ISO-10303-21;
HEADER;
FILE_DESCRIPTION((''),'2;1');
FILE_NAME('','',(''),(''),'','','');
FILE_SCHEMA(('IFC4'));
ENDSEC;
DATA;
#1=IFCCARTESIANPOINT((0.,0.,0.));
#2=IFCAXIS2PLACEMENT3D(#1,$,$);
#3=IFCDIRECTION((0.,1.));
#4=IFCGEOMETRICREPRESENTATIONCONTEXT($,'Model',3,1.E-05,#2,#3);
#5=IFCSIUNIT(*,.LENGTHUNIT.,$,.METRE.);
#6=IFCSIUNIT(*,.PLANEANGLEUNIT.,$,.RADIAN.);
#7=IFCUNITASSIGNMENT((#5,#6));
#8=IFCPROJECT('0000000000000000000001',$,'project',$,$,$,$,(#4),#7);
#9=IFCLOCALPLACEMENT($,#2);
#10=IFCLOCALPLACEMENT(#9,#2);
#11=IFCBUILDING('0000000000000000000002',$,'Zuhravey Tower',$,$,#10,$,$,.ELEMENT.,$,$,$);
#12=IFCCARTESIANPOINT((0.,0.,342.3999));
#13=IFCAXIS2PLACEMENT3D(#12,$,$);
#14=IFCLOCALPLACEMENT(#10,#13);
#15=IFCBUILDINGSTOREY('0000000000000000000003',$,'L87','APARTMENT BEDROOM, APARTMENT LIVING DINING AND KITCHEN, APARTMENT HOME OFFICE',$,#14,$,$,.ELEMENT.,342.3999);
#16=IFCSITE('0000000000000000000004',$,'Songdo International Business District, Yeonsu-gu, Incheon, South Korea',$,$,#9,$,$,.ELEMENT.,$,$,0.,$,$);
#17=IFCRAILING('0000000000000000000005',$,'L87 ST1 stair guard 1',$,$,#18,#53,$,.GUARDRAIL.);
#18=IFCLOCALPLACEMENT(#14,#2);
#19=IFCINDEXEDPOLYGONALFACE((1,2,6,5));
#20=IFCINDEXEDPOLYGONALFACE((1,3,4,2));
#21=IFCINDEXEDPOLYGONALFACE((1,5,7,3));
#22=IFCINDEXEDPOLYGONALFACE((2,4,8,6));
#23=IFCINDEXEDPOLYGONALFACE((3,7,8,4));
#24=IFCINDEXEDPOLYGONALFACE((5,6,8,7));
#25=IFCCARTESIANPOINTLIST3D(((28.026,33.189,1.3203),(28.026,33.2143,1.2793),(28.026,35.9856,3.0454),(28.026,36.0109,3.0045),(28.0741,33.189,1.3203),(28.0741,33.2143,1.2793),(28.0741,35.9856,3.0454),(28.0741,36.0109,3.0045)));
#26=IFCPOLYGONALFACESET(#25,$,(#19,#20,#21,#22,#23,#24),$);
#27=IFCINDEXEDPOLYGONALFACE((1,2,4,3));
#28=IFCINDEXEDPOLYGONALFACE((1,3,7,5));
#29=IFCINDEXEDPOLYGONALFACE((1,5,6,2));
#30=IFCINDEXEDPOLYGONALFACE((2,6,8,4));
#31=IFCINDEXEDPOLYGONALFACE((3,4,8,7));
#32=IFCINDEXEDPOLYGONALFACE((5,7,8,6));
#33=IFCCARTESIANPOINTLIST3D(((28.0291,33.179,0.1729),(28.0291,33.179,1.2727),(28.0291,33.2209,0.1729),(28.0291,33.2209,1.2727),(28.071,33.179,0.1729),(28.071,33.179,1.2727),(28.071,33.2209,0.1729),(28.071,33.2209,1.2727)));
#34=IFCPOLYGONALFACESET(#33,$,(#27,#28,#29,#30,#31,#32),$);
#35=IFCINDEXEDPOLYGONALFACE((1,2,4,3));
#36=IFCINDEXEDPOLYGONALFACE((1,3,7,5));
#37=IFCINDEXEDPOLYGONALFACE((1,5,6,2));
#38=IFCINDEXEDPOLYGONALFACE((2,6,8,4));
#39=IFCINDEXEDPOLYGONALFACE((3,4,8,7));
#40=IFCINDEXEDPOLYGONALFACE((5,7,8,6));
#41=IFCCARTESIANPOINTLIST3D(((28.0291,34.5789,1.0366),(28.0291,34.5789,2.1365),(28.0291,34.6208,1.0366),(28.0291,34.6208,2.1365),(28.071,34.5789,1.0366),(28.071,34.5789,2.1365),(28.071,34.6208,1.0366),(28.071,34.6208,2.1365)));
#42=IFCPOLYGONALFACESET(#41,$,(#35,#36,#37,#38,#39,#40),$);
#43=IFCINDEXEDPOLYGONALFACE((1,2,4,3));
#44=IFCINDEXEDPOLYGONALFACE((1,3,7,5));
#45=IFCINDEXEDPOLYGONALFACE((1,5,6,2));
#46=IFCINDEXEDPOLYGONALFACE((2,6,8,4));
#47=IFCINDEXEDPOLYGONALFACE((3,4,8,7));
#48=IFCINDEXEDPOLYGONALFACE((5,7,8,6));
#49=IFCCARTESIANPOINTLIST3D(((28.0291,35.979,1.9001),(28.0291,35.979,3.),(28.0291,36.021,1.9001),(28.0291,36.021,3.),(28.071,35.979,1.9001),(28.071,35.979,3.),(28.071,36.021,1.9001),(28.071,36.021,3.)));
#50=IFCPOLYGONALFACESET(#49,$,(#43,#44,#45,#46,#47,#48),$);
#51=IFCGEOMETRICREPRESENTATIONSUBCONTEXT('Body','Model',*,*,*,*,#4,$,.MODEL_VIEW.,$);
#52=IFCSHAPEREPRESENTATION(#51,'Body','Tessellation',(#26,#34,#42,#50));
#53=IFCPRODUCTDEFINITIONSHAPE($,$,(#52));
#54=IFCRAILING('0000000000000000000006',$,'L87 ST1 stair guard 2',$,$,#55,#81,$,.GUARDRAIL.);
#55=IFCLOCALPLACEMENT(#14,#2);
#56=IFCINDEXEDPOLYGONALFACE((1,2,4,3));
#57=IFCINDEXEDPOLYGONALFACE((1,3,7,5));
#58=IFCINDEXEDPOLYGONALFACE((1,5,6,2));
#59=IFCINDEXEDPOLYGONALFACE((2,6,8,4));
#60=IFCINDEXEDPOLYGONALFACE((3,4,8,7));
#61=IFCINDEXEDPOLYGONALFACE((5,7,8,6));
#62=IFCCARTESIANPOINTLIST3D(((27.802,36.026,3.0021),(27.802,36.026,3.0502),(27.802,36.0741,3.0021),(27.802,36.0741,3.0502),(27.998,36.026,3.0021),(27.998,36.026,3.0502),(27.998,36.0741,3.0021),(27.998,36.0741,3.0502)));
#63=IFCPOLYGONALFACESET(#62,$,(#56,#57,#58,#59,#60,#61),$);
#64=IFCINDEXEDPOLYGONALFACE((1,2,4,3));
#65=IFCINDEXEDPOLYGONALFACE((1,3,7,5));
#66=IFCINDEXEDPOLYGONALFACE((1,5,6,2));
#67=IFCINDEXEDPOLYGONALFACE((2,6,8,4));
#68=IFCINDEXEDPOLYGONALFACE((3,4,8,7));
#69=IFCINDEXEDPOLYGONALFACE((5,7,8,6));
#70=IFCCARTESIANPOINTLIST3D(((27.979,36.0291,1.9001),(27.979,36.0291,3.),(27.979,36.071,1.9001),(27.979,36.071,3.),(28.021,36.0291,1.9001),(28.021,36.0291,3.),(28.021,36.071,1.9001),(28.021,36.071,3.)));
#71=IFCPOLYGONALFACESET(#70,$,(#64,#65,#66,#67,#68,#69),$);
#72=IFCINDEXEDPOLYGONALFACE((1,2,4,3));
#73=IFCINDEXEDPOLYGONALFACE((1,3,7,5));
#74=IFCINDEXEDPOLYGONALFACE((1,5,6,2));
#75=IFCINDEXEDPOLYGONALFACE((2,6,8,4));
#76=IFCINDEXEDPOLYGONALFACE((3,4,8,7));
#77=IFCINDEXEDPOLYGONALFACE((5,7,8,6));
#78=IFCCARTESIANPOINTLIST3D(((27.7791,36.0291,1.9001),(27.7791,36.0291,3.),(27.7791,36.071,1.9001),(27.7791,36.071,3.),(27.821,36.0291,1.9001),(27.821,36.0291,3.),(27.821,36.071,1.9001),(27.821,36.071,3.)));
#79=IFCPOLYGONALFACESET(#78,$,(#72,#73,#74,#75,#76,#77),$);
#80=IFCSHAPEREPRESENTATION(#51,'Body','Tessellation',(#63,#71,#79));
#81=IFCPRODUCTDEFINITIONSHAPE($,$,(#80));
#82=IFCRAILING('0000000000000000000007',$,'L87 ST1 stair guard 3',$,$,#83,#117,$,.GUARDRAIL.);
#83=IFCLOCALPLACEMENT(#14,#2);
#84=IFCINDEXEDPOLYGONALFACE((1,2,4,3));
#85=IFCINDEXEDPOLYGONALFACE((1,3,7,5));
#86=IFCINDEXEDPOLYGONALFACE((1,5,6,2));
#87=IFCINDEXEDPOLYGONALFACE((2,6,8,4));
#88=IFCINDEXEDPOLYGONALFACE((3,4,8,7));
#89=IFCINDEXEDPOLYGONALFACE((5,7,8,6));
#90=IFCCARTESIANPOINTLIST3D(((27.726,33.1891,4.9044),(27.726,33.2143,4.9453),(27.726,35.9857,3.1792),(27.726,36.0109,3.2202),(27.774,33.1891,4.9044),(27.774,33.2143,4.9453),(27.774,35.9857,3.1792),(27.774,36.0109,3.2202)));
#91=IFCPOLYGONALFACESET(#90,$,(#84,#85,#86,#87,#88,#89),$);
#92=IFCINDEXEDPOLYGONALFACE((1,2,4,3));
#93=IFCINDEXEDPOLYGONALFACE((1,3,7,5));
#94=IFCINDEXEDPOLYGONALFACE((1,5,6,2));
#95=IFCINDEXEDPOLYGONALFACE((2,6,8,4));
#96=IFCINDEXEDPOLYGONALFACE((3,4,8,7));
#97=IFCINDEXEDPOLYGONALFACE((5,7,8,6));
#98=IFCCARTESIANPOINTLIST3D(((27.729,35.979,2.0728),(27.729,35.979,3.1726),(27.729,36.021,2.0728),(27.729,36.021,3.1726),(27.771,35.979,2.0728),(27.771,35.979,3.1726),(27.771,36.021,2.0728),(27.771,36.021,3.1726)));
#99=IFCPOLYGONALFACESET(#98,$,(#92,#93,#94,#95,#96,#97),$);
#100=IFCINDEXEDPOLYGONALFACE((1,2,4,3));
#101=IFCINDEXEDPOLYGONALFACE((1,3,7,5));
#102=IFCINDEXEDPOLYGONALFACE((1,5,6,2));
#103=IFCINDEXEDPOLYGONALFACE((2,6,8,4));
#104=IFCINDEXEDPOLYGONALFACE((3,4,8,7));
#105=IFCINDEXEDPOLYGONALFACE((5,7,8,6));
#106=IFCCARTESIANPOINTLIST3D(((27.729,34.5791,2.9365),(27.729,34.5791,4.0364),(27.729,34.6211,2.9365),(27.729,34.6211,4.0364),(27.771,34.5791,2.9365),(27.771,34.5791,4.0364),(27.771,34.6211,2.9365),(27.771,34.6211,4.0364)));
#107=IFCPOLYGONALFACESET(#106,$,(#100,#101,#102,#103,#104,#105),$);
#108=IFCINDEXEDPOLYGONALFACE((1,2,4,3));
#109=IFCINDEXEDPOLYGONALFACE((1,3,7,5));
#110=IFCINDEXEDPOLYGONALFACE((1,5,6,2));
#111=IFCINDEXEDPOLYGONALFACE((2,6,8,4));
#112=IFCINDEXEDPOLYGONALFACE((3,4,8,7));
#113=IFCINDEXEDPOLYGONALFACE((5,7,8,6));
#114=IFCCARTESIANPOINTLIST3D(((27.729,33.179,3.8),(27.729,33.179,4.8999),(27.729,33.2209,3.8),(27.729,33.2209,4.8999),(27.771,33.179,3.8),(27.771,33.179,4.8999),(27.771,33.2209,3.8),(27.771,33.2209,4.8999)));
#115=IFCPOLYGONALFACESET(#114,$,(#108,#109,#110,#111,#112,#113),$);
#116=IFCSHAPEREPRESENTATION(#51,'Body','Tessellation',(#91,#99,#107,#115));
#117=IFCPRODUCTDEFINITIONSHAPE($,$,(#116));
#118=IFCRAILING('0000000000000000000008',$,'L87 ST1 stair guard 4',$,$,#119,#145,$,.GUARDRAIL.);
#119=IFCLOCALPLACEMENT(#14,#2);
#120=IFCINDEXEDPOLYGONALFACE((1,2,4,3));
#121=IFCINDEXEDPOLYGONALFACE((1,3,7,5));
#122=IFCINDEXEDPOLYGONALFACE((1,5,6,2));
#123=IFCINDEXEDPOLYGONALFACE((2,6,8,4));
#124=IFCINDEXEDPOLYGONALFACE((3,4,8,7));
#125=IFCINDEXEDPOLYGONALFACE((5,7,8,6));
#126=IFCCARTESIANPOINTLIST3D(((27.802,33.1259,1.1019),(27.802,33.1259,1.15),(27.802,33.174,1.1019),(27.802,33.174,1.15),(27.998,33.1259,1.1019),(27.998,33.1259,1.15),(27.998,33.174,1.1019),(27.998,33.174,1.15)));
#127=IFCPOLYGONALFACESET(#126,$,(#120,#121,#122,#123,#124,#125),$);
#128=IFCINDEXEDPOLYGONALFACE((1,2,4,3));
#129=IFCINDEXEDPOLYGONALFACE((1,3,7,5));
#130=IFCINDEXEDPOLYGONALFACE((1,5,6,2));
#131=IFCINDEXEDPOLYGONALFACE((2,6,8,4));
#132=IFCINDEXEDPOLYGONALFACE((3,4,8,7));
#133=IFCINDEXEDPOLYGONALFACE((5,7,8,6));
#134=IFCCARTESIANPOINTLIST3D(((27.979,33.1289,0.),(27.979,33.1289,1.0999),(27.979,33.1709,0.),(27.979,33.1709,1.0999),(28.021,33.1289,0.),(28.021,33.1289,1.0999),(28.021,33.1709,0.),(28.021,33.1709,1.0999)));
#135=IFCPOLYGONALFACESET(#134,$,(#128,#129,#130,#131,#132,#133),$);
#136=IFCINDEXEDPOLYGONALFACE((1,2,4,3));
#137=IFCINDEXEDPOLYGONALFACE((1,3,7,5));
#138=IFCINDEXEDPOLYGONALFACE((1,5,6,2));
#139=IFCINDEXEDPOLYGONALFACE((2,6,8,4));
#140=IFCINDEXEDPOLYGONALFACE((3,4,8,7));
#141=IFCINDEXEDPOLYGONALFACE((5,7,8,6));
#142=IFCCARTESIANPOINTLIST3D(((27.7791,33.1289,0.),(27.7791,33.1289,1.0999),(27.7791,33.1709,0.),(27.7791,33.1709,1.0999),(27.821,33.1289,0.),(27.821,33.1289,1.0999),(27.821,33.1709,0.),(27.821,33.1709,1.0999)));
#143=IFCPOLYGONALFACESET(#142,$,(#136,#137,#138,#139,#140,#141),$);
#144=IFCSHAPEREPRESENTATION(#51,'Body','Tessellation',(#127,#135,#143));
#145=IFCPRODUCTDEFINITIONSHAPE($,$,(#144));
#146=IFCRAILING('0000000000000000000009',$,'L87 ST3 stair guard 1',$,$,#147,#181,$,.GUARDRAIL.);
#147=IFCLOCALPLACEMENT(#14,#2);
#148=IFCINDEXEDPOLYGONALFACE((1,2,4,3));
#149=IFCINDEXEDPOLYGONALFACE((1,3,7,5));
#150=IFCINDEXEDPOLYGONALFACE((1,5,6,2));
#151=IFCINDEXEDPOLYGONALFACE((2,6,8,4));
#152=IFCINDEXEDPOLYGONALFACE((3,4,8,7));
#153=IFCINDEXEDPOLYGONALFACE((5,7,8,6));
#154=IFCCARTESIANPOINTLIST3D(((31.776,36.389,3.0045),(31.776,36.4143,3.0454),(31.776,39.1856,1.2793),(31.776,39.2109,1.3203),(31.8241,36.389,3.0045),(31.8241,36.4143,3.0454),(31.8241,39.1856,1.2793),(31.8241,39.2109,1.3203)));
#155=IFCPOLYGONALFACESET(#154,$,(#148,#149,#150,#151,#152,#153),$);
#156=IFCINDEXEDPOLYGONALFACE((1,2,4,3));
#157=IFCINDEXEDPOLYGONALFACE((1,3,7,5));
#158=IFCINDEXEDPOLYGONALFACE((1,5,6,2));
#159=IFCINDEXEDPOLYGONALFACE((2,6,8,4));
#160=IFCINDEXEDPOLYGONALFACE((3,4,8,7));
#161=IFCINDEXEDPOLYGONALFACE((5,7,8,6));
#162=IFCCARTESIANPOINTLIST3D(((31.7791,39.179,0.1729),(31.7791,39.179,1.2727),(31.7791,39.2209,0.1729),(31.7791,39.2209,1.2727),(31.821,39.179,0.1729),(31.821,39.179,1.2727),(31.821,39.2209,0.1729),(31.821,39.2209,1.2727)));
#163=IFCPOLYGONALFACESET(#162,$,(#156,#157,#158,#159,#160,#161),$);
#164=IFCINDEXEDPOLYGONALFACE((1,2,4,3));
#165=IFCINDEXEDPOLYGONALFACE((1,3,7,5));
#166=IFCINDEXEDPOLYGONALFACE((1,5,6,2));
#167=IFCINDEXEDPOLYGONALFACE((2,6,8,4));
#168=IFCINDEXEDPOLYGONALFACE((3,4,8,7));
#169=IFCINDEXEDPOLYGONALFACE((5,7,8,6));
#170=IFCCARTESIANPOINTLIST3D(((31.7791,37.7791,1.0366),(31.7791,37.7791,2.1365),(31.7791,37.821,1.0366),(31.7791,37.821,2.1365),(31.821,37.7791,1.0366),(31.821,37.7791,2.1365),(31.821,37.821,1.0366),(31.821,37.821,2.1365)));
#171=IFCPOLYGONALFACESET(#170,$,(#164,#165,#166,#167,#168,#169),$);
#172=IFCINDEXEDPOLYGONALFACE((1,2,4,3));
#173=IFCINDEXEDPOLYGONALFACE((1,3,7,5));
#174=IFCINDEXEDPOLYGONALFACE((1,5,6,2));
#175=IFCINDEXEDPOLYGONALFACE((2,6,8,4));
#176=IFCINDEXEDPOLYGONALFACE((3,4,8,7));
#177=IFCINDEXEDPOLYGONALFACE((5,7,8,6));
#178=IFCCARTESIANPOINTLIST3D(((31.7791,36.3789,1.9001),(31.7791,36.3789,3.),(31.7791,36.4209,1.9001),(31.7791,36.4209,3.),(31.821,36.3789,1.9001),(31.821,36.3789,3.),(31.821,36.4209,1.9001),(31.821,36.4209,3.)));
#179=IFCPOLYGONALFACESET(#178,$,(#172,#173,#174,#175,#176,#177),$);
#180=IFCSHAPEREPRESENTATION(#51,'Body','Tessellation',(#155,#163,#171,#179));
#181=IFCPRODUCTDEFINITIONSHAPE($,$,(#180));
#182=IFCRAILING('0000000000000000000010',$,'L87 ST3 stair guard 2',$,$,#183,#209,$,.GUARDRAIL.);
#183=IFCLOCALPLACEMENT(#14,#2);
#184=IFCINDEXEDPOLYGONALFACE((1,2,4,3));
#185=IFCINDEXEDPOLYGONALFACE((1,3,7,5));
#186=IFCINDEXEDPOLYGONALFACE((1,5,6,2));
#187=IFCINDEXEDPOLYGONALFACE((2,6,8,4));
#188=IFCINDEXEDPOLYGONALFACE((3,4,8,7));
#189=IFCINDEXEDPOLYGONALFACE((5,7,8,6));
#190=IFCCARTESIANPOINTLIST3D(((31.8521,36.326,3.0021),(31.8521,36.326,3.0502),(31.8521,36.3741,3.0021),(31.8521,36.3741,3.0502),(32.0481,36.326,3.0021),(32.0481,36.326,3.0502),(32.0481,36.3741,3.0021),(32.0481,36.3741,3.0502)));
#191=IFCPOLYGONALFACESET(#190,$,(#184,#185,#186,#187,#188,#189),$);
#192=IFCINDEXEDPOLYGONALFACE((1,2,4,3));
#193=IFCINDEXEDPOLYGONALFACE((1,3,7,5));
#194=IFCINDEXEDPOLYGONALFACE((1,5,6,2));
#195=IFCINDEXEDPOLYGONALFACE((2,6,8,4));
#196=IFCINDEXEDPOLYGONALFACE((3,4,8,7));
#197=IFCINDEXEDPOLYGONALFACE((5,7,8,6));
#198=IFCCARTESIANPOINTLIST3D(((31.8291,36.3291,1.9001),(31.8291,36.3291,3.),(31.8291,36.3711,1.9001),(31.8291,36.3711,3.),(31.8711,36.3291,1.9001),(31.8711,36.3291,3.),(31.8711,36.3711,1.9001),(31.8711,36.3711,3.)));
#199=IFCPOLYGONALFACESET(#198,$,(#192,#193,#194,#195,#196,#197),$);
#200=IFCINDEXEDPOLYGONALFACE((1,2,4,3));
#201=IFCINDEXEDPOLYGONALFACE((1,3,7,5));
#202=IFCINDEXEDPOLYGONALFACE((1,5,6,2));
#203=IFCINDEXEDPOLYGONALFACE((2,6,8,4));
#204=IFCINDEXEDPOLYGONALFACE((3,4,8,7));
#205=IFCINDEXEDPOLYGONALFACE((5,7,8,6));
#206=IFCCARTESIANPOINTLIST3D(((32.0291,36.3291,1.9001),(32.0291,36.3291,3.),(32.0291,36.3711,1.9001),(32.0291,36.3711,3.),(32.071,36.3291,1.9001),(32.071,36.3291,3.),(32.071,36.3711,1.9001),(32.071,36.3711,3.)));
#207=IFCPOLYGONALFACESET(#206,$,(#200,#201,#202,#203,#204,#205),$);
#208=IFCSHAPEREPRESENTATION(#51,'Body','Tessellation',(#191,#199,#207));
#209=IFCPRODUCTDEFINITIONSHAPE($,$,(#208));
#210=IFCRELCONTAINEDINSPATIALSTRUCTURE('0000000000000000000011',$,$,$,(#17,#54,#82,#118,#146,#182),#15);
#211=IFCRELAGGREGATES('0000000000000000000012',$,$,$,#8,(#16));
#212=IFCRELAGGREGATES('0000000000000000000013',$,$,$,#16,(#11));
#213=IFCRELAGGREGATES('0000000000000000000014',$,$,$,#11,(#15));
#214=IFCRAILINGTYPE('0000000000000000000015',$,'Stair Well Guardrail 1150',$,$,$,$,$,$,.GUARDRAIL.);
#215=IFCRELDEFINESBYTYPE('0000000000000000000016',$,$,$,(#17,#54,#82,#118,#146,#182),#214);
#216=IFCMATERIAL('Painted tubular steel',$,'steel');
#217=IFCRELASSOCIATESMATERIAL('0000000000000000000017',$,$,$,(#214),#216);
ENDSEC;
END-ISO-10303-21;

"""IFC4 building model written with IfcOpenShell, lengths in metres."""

from ifc_helpers import new_model, si_unit, direction, frame, origin, origin_2d, place, context, subcontext, project, spatial, rectangle, extrude, material, type_object, element, save


model = new_model("IFC4")

# Units and contexts
model_context = context("Model", 3, precision=1e-05, world=origin(), true_north=direction((0.0, 1.0)))
body_context = subcontext(model_context, "Body", "Model", "MODEL_VIEW")
ifc_project = project(units=[si_unit("LENGTHUNIT", "METRE"), si_unit("PLANEANGLEUNIT", "RADIAN")], contexts=[model_context])

# Site, building, storey
site_placement = place(None, origin())
site = spatial("IfcSite", under=ifc_project, at=site_placement, Name="Songdo International Business District, Yeonsu-gu, Incheon, South Korea", CompositionType="ELEMENT", RefElevation=0.0)
building_placement = place(site_placement, origin())
building = spatial("IfcBuilding", under=site, at=building_placement, Name="Zuhravey Tower", CompositionType="ELEMENT")
storey_placement = place(building_placement, frame((0.0, 0.0, 342.3999)))
storey = spatial("IfcBuildingStorey", under=building, at=storey_placement, Name="L87", Description="APARTMENT BEDROOM, APARTMENT LIVING DINING AND KITCHEN, APARTMENT HOME OFFICE", CompositionType="ELEMENT", Elevation=342.3999)

# Railings
ifc_material_1 = material(Name="Painted tubular steel", Category="steel")
railing_type_1 = type_object("IfcRailingType", Name="Stair Well Guardrail 1150", PredefinedType="GUARDRAIL", material=ifc_material_1)
railing_1_placement = place(storey_placement, frame((28.05, 33.2, 0.1729)))
element("IfcRailing", 1, at=railing_1_placement, inside=storey, type_object=railing_type_1, Name="L87 ST1 stair guard 1", PredefinedType="GUARDRAIL", context=body_context, shape_type="SweptSolid", body=[
    extrude(rectangle(XDim=0.0481, YDim=0.0481, at=origin_2d()), frame((0.0, 0.0017, 1.127), z_axis=(0.0, 0.85109, 0.52502), x_axis=(-1.0, 0.0, 0.0)), (0.0, 0.0, 1.0), 3.2859),
    extrude(rectangle(XDim=0.042, YDim=0.042, at=origin_2d()), origin(), (0.0, 0.0, 1.0), 1.0999),
    extrude(rectangle(XDim=0.042, YDim=0.042, at=origin_2d()), frame((0.0, 1.3999, 0.8638)), (0.0, 0.0, 1.0), 1.0999),
    extrude(rectangle(XDim=0.042, YDim=0.042, at=origin_2d()), frame((0.0, 2.8, 1.7273)), (0.0, 0.0, 1.0), 1.0999),
])
railing_2_placement = place(storey_placement, frame((28.0, 36.05, 1.9001)))
element("IfcRailing", 2, at=railing_2_placement, inside=storey, type_object=railing_type_1, Name="L87 ST1 stair guard 2", PredefinedType="GUARDRAIL", context=body_context, shape_type="SweptSolid", body=[
    extrude(rectangle(XDim=0.0481, YDim=0.0481, at=origin_2d()), frame((-0.002, 0.0, 1.126), z_axis=(-1.0, 0.0, 0.0), x_axis=(0.0, -1.0, 0.0)), (0.0, 0.0, 1.0), 0.196),
    extrude(rectangle(XDim=0.042, YDim=0.042, at=origin_2d()), origin(), (0.0, 0.0, 1.0), 1.0999),
    extrude(rectangle(XDim=0.042, YDim=0.042, at=origin_2d()), frame((-0.2, 0.0, 0.0)), (0.0, 0.0, 1.0), 1.0999),
])
railing_3_placement = place(storey_placement, frame((27.75, 36.0, 2.0728)))
element("IfcRailing", 3, at=railing_3_placement, inside=storey, type_object=railing_type_1, Name="L87 ST1 stair guard 3", PredefinedType="GUARDRAIL", context=body_context, shape_type="SweptSolid", body=[
    extrude(rectangle(XDim=0.0481, YDim=0.0481, at=origin_2d()), frame((0.0, -0.0017, 1.127), z_axis=(0.0, -0.85109, 0.52502), x_axis=(1.0, 0.0, 0.0)), (0.0, 0.0, 1.0), 3.2859),
    extrude(rectangle(XDim=0.042, YDim=0.042, at=origin_2d()), origin(), (0.0, 0.0, 1.0), 1.0999),
    extrude(rectangle(XDim=0.042, YDim=0.042, at=origin_2d()), frame((0.0, -1.3999, 0.8638)), (0.0, 0.0, 1.0), 1.0999),
    extrude(rectangle(XDim=0.042, YDim=0.042, at=origin_2d()), frame((0.0, -2.8, 1.7273)), (0.0, 0.0, 1.0), 1.0999),
])
railing_4_placement = place(storey_placement, frame((28.0, 33.1499, 0.0)))
element("IfcRailing", 4, at=railing_4_placement, inside=storey, type_object=railing_type_1, Name="L87 ST1 stair guard 4", PredefinedType="GUARDRAIL", context=body_context, shape_type="SweptSolid", body=[
    extrude(rectangle(XDim=0.0481, YDim=0.0481, at=origin_2d()), frame((-0.002, 0.0, 1.126), z_axis=(-1.0, 0.0, 0.0), x_axis=(0.0, -1.0, 0.0)), (0.0, 0.0, 1.0), 0.196),
    extrude(rectangle(XDim=0.042, YDim=0.042, at=origin_2d()), origin(), (0.0, 0.0, 1.0), 1.0999),
    extrude(rectangle(XDim=0.042, YDim=0.042, at=origin_2d()), frame((-0.2, 0.0, 0.0)), (0.0, 0.0, 1.0), 1.0999),
])
railing_5_placement = place(storey_placement, frame((31.8, 39.2, 0.1729)))
element("IfcRailing", 5, at=railing_5_placement, inside=storey, type_object=railing_type_1, Name="L87 ST3 stair guard 1", PredefinedType="GUARDRAIL", context=body_context, shape_type="SweptSolid", body=[
    extrude(rectangle(XDim=0.0481, YDim=0.0481, at=origin_2d()), frame((0.0, -0.0017, 1.127), z_axis=(0.0, -0.85109, 0.52502), x_axis=(1.0, 0.0, 0.0)), (0.0, 0.0, 1.0), 3.2859),
    extrude(rectangle(XDim=0.042, YDim=0.042, at=origin_2d()), origin(), (0.0, 0.0, 1.0), 1.0999),
    extrude(rectangle(XDim=0.042, YDim=0.042, at=origin_2d()), frame((0.0, -1.3999, 0.8638)), (0.0, 0.0, 1.0), 1.0999),
    extrude(rectangle(XDim=0.042, YDim=0.042, at=origin_2d()), frame((0.0, -2.8, 1.7273)), (0.0, 0.0, 1.0), 1.0999),
])
railing_6_placement = place(storey_placement, frame((31.8501, 36.3501, 1.9001)))
element("IfcRailing", 6, at=railing_6_placement, inside=storey, type_object=railing_type_1, Name="L87 ST3 stair guard 2", PredefinedType="GUARDRAIL", context=body_context, shape_type="SweptSolid", body=[
    extrude(rectangle(XDim=0.0481, YDim=0.0481, at=origin_2d()), frame((0.002, 0.0, 1.126), z_axis=(1.0, 0.0, 0.0), x_axis=(0.0, 1.0, 0.0)), (0.0, 0.0, 1.0), 0.196),
    extrude(rectangle(XDim=0.042, YDim=0.042, at=origin_2d()), origin(), (0.0, 0.0, 1.0), 1.0999),
    extrude(rectangle(XDim=0.042, YDim=0.042, at=origin_2d()), frame((0.2, 0.0, 0.0)), (0.0, 0.0, 1.0), 1.0999),
])

save(model, "model.ifc")
